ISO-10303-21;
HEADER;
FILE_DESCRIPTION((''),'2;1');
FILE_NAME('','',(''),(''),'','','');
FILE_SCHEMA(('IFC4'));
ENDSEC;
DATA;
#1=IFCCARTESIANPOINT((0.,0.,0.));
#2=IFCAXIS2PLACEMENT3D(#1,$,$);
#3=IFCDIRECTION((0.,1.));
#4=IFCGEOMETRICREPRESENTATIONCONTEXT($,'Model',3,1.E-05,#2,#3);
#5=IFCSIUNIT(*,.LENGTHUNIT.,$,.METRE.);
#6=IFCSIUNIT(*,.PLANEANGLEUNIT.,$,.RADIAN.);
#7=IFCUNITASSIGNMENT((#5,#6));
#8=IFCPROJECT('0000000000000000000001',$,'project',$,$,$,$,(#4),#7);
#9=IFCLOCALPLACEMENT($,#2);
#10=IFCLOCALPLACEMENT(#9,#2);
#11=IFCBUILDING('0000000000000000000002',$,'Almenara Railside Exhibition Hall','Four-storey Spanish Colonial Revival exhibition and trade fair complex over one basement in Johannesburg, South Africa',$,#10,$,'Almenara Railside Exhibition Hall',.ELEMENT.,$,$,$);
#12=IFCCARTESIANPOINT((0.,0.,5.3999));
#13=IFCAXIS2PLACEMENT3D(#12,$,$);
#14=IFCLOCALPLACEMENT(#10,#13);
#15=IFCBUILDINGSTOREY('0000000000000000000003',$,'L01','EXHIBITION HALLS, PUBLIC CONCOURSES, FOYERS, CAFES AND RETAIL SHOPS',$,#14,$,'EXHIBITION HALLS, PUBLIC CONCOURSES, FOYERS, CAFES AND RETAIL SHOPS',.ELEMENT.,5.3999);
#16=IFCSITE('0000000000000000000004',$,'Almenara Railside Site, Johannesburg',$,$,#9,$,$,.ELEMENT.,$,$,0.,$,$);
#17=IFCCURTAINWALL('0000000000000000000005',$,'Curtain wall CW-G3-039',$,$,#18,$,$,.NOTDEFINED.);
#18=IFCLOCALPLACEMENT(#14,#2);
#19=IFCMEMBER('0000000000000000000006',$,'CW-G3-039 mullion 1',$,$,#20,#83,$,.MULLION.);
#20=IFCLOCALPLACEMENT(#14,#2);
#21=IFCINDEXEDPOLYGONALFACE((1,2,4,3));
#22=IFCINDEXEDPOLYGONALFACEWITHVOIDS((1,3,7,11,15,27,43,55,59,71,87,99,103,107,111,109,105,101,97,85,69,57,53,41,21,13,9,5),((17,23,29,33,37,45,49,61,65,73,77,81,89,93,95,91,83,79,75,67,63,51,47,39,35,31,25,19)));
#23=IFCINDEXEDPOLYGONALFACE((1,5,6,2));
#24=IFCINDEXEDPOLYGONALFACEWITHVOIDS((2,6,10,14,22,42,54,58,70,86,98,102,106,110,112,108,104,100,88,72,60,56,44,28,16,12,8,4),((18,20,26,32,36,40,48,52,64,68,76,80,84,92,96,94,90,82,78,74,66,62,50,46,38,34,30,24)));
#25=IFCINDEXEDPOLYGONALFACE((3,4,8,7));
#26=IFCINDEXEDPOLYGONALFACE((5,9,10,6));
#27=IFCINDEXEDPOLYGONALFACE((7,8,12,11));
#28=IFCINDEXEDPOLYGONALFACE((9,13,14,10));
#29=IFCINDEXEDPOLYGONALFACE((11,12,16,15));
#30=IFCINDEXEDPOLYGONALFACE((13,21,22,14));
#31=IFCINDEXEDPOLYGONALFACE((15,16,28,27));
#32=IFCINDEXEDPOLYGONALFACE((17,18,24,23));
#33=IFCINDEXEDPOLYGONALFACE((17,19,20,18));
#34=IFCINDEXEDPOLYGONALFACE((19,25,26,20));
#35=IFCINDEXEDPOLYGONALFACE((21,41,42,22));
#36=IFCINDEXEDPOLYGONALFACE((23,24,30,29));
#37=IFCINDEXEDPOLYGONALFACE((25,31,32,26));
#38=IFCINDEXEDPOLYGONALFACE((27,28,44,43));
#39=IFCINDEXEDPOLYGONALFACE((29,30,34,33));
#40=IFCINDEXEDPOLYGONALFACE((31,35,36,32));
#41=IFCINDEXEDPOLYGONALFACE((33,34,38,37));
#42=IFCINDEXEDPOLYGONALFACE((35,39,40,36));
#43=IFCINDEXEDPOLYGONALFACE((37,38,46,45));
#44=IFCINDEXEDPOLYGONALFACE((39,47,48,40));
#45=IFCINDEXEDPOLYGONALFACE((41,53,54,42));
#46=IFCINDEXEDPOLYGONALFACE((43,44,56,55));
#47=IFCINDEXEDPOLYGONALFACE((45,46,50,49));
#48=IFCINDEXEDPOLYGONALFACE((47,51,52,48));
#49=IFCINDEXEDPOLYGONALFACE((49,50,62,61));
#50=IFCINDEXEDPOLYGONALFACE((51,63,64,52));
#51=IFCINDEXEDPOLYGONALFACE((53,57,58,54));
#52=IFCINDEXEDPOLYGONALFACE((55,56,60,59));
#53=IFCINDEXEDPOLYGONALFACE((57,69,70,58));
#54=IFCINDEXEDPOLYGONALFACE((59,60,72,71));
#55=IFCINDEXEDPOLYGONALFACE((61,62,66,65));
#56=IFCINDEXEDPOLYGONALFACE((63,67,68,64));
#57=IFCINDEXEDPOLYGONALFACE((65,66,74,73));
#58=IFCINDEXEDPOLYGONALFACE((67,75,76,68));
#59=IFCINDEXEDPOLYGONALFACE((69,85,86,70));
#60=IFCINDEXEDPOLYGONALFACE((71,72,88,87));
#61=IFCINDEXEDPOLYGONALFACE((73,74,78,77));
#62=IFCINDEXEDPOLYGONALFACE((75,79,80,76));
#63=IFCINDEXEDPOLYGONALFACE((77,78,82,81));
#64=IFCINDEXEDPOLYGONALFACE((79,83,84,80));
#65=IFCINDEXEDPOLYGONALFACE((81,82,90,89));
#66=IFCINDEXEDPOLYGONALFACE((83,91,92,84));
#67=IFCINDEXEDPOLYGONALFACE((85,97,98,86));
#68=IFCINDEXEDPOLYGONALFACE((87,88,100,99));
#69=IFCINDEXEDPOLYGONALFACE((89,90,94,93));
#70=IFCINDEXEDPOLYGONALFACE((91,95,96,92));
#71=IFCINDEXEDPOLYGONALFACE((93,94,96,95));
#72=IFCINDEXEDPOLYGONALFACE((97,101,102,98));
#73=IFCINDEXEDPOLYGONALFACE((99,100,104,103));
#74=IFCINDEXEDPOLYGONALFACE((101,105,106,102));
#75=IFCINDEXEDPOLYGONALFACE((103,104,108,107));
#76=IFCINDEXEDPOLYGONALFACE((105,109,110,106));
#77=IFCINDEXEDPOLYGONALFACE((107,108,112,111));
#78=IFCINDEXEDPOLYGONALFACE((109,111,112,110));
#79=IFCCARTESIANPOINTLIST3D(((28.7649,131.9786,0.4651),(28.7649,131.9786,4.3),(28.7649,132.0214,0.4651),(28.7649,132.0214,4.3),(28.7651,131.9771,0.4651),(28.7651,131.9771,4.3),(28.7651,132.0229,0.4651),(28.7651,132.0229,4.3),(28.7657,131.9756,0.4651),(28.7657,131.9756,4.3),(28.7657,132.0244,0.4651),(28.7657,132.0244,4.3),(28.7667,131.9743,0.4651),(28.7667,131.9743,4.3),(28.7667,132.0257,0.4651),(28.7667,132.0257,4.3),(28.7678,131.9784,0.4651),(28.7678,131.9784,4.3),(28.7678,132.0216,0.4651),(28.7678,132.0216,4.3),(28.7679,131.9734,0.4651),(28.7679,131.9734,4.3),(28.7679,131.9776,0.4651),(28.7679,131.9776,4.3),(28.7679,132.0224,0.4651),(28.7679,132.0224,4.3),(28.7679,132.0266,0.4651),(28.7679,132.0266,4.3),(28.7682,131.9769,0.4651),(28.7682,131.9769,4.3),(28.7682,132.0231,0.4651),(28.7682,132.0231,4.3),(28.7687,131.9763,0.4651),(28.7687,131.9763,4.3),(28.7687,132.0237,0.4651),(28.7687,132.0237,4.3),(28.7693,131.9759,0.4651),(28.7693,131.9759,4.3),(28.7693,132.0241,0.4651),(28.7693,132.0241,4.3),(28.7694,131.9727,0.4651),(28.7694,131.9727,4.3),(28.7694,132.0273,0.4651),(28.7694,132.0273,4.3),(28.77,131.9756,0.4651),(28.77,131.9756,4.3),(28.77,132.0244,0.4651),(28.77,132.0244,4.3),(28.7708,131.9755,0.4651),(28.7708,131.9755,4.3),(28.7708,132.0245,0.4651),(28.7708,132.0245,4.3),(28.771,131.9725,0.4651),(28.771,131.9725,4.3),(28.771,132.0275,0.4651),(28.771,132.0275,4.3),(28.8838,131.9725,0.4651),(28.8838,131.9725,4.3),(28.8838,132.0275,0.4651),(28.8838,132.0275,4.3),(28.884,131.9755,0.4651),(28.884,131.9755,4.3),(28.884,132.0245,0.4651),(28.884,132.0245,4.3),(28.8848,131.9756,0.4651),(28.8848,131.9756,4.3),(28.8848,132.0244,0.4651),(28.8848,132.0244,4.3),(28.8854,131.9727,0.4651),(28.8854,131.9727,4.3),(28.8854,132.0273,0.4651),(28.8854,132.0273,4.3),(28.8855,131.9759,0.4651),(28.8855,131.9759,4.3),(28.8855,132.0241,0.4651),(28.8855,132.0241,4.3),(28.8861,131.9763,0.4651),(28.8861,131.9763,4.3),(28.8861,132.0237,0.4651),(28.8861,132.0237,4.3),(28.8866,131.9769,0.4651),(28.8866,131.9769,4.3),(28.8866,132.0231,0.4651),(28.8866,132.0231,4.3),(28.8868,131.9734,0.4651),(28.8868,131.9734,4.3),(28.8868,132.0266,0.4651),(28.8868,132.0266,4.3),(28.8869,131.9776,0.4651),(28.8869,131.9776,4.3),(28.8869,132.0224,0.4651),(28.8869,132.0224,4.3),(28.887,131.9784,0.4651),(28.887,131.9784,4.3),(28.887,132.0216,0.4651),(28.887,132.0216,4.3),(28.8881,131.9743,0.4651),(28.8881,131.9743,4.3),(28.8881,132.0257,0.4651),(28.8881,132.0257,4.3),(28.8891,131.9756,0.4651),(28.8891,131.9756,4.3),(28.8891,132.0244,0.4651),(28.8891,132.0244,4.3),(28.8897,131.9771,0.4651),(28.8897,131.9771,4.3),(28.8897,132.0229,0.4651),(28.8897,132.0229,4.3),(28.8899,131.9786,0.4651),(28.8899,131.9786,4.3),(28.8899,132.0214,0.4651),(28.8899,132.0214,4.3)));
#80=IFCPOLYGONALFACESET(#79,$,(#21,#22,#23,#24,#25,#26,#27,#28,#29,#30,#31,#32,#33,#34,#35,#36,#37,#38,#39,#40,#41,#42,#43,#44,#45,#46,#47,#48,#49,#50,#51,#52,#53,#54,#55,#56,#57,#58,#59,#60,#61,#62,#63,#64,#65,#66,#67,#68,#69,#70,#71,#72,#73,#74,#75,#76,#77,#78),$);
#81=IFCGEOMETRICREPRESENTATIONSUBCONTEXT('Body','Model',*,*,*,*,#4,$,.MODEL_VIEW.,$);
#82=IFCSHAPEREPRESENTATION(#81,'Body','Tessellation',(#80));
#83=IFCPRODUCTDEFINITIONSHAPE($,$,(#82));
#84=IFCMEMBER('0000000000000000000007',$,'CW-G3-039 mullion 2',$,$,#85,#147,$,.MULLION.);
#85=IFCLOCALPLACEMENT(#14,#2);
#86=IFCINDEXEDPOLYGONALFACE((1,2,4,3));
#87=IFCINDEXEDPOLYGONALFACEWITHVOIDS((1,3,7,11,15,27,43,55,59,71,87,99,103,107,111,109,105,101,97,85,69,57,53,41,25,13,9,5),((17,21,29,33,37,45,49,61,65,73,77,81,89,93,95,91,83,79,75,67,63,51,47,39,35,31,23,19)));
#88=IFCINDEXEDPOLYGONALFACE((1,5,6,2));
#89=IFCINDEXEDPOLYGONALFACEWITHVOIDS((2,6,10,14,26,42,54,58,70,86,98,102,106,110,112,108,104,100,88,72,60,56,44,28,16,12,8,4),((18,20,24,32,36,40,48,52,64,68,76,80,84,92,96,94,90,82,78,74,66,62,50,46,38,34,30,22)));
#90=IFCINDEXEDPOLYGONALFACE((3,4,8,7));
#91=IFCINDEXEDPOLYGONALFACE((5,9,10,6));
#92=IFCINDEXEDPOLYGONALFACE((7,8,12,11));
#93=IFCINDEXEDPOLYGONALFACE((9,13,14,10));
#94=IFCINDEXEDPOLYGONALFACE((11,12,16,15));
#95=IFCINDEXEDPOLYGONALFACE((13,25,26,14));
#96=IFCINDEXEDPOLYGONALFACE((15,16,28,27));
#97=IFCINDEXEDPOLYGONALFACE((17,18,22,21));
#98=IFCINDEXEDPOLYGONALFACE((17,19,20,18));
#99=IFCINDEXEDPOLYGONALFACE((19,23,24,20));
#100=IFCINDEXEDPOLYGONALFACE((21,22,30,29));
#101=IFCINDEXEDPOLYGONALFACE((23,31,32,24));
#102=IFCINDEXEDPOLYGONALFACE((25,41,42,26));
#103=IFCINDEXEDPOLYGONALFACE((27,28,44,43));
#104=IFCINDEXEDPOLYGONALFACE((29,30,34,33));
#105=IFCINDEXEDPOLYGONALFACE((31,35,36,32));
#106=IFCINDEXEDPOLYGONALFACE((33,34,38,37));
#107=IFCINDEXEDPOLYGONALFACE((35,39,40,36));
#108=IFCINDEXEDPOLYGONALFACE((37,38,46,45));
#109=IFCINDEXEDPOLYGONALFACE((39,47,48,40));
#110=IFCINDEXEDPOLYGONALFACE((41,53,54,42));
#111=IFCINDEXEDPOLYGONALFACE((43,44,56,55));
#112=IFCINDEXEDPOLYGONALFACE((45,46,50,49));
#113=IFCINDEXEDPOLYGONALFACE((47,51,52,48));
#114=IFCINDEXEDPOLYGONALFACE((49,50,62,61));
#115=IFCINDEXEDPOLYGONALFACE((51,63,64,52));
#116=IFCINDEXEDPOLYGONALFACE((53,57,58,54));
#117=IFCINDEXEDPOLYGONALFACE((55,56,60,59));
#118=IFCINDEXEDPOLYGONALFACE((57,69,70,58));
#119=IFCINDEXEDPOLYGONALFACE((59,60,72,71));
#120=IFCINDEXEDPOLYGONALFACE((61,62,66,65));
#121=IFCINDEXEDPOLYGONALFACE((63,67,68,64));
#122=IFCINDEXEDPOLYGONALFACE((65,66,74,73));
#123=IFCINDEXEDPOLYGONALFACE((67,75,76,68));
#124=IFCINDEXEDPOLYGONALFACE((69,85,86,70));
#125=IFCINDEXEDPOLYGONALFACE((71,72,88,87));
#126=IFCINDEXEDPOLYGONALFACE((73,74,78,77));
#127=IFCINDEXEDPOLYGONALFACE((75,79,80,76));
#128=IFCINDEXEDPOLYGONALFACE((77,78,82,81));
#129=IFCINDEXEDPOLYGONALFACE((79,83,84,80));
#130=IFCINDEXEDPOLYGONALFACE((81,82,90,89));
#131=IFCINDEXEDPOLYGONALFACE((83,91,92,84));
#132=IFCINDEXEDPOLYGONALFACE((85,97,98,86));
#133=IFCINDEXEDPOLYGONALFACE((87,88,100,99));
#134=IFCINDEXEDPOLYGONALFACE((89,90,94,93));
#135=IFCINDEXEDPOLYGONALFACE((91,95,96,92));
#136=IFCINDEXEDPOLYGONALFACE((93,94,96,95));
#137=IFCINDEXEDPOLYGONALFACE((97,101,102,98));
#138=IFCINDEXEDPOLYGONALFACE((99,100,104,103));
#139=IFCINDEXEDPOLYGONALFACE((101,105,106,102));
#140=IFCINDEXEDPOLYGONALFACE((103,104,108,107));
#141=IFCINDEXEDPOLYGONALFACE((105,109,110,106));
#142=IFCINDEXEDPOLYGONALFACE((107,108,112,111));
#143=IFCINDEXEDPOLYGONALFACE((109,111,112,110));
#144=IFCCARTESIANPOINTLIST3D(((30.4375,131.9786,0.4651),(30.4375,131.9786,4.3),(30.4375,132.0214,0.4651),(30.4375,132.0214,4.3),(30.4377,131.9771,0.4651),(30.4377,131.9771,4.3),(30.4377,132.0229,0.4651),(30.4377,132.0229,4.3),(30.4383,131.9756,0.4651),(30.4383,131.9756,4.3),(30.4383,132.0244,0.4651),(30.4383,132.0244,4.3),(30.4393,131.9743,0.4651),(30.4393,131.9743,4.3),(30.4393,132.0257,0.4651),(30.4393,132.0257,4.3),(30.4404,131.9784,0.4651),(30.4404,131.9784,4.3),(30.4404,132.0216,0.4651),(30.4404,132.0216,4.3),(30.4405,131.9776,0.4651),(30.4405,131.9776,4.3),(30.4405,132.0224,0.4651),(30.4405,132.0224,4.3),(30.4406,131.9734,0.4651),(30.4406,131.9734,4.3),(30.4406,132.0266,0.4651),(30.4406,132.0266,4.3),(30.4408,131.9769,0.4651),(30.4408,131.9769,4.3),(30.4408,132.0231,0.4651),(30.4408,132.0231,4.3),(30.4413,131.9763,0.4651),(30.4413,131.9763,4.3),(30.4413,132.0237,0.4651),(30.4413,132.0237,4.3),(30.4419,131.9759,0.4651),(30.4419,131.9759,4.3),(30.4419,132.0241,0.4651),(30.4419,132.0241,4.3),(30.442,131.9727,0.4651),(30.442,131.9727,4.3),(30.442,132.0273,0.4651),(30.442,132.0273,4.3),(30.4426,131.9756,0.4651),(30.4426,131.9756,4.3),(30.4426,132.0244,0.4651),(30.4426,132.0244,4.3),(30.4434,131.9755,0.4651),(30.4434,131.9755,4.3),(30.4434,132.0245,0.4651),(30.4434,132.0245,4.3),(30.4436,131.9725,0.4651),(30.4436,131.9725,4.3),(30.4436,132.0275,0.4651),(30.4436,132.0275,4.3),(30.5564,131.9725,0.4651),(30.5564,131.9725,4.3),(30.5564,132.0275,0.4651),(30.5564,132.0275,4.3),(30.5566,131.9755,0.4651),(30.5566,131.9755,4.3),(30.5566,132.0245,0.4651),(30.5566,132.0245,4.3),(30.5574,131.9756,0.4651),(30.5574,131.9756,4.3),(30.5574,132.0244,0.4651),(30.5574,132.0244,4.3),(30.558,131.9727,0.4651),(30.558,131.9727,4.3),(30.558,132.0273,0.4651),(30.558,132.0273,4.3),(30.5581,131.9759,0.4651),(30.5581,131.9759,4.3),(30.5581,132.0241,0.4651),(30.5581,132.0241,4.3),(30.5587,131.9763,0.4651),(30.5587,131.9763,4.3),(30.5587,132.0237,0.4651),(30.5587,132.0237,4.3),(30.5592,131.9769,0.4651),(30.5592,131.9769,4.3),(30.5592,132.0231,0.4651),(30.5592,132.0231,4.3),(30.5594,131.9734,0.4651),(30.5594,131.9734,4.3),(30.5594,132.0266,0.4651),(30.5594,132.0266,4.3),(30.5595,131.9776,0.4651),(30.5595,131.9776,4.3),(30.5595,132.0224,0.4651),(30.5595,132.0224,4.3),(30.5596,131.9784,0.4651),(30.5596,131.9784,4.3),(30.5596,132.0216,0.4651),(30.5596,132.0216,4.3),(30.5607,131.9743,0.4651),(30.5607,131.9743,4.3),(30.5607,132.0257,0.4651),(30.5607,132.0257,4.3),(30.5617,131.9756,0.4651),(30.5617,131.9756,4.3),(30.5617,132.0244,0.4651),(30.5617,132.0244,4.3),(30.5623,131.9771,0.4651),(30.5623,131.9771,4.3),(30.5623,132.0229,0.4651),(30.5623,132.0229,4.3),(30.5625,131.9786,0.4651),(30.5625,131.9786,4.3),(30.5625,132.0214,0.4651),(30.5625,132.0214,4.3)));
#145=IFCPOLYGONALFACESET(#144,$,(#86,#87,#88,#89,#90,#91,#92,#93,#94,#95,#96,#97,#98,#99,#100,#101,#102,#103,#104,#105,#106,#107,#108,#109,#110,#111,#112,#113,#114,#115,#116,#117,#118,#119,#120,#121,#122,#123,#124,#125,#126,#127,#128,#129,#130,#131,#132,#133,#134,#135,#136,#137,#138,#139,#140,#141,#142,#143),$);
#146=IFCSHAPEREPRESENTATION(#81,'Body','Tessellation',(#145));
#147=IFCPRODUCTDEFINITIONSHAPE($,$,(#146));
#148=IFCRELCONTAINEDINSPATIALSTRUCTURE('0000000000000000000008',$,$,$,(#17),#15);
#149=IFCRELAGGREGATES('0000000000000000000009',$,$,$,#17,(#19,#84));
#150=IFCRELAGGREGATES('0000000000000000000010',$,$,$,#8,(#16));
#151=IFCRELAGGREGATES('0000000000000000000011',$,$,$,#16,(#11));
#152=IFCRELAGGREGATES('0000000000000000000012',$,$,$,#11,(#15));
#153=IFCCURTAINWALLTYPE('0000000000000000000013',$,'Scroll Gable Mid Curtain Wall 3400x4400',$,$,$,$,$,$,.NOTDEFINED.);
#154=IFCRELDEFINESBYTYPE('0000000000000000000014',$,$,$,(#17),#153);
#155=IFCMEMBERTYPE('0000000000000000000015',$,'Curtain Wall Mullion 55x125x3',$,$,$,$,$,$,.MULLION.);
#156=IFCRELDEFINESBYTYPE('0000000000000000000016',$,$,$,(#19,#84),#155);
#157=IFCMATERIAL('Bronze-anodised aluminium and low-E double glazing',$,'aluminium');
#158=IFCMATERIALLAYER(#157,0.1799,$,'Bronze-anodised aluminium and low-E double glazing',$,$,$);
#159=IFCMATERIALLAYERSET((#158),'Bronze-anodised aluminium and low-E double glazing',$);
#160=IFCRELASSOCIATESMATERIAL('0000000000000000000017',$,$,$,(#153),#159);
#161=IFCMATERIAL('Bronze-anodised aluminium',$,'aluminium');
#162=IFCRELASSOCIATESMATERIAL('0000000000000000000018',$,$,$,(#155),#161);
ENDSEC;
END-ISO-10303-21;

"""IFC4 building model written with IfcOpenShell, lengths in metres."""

from ifc_helpers import new_model, si_unit, direction, frame, origin, origin_2d, place, context, subcontext, project, spatial, hollow_rectangle, extrude, material, layer, layer_set, material_profile, profile_set, type_object, element, aggregate, save


model = new_model("IFC4")

# Units and contexts
model_context = context("Model", 3, precision=1e-05, world=origin(), true_north=direction((0.0, 1.0)))
body_context = subcontext(model_context, "Body", "Model", "MODEL_VIEW")
ifc_project = project(units=[si_unit("LENGTHUNIT", "METRE"), si_unit("PLANEANGLEUNIT", "RADIAN")], contexts=[model_context])

# Site, building, storey
site_placement = place(None, origin())
site = spatial("IfcSite", under=ifc_project, at=site_placement, Name="Almenara Railside Site, Johannesburg", CompositionType="ELEMENT", RefElevation=0.0)
building_placement = place(site_placement, origin())
building = spatial("IfcBuilding", under=site, at=building_placement, Name="Almenara Railside Exhibition Hall", Description="Four-storey Spanish Colonial Revival exhibition and trade fair complex over one basement in Johannesburg, South Africa", LongName="Almenara Railside Exhibition Hall", CompositionType="ELEMENT")
storey_placement = place(building_placement, frame((0.0, 0.0, 5.3999)))
storey = spatial("IfcBuildingStorey", under=building, at=storey_placement, Name="L01", Description="EXHIBITION HALLS, PUBLIC CONCOURSES, FOYERS, CAFES AND RETAIL SHOPS", LongName="EXHIBITION HALLS, PUBLIC CONCOURSES, FOYERS, CAFES AND RETAIL SHOPS", CompositionType="ELEMENT", Elevation=5.3999)

# Curtain wall, members
ifc_material_1 = material(Name="Bronze-anodised aluminium and low-E double glazing", Category="aluminium")
ifc_layer_1 = layer(ifc_material_1, 0.1799, Name="Bronze-anodised aluminium and low-E double glazing")
ifc_layer_set_1 = layer_set([ifc_layer_1], Name="Bronze-anodised aluminium and low-E double glazing")
curtain_wall_type_1 = type_object("IfcCurtainWallType", Name="Scroll Gable Mid Curtain Wall 3400x4400", PredefinedType="NOTDEFINED", material=ifc_layer_set_1)
curtain_wall_1_placement = place(storey_placement, origin())
curtain_wall_1 = element("IfcCurtainWall", 1, at=curtain_wall_1_placement, inside=storey, type_object=curtain_wall_type_1, Name="Curtain wall CW-G3-039", PredefinedType="NOTDEFINED")
ifc_material_2 = material(Name="Bronze-anodised aluminium", Category="aluminium")
ifc_material_profile_1 = material_profile(ifc_material_2, hollow_rectangle(XDim=0.0549, YDim=0.125, WallThickness=0.0029, InnerFilletRadius=0.0029, OuterFilletRadius=0.0061, at=origin_2d()), Name="ALU-MUL 55x125x3")
ifc_profile_set_1 = profile_set([ifc_material_profile_1], Name="Bronze-anodised aluminium")
member_type_1 = type_object("IfcMemberType", Name="Curtain Wall Mullion 55x125x3", PredefinedType="MULLION", material=ifc_profile_set_1)
member_1_placement = place(storey_placement, frame((28.8274, 132.0, 0.4651), z_axis=(0.0, 0.0, 1.0), x_axis=(0.0, 1.0, 0.0)))
member_1 = element("IfcMember", 2, at=member_1_placement, type_object=member_type_1, Name="CW-G3-039 mullion 1", PredefinedType="MULLION", context=body_context, shape_type="SweptSolid", body=[
    extrude(hollow_rectangle(XDim=0.0549, YDim=0.125, WallThickness=0.0029, InnerFilletRadius=0.0029, OuterFilletRadius=0.0061, at=origin_2d()), origin(), (0.0, 0.0, 1.0), 3.835),
])
member_2_placement = place(storey_placement, frame((30.5, 132.0, 0.4651), z_axis=(0.0, 0.0, 1.0), x_axis=(0.0, 1.0, 0.0)))
member_2 = element("IfcMember", 3, at=member_2_placement, type_object=member_type_1, Name="CW-G3-039 mullion 2", PredefinedType="MULLION", context=body_context, shape_type="SweptSolid", body=[
    extrude(hollow_rectangle(XDim=0.0549, YDim=0.125, WallThickness=0.0029, InnerFilletRadius=0.0029, OuterFilletRadius=0.0061, at=origin_2d()), origin(), (0.0, 0.0, 1.0), 3.835),
])

aggregate(curtain_wall_1, [member_1, member_2])

save(model, "model.ifc")
